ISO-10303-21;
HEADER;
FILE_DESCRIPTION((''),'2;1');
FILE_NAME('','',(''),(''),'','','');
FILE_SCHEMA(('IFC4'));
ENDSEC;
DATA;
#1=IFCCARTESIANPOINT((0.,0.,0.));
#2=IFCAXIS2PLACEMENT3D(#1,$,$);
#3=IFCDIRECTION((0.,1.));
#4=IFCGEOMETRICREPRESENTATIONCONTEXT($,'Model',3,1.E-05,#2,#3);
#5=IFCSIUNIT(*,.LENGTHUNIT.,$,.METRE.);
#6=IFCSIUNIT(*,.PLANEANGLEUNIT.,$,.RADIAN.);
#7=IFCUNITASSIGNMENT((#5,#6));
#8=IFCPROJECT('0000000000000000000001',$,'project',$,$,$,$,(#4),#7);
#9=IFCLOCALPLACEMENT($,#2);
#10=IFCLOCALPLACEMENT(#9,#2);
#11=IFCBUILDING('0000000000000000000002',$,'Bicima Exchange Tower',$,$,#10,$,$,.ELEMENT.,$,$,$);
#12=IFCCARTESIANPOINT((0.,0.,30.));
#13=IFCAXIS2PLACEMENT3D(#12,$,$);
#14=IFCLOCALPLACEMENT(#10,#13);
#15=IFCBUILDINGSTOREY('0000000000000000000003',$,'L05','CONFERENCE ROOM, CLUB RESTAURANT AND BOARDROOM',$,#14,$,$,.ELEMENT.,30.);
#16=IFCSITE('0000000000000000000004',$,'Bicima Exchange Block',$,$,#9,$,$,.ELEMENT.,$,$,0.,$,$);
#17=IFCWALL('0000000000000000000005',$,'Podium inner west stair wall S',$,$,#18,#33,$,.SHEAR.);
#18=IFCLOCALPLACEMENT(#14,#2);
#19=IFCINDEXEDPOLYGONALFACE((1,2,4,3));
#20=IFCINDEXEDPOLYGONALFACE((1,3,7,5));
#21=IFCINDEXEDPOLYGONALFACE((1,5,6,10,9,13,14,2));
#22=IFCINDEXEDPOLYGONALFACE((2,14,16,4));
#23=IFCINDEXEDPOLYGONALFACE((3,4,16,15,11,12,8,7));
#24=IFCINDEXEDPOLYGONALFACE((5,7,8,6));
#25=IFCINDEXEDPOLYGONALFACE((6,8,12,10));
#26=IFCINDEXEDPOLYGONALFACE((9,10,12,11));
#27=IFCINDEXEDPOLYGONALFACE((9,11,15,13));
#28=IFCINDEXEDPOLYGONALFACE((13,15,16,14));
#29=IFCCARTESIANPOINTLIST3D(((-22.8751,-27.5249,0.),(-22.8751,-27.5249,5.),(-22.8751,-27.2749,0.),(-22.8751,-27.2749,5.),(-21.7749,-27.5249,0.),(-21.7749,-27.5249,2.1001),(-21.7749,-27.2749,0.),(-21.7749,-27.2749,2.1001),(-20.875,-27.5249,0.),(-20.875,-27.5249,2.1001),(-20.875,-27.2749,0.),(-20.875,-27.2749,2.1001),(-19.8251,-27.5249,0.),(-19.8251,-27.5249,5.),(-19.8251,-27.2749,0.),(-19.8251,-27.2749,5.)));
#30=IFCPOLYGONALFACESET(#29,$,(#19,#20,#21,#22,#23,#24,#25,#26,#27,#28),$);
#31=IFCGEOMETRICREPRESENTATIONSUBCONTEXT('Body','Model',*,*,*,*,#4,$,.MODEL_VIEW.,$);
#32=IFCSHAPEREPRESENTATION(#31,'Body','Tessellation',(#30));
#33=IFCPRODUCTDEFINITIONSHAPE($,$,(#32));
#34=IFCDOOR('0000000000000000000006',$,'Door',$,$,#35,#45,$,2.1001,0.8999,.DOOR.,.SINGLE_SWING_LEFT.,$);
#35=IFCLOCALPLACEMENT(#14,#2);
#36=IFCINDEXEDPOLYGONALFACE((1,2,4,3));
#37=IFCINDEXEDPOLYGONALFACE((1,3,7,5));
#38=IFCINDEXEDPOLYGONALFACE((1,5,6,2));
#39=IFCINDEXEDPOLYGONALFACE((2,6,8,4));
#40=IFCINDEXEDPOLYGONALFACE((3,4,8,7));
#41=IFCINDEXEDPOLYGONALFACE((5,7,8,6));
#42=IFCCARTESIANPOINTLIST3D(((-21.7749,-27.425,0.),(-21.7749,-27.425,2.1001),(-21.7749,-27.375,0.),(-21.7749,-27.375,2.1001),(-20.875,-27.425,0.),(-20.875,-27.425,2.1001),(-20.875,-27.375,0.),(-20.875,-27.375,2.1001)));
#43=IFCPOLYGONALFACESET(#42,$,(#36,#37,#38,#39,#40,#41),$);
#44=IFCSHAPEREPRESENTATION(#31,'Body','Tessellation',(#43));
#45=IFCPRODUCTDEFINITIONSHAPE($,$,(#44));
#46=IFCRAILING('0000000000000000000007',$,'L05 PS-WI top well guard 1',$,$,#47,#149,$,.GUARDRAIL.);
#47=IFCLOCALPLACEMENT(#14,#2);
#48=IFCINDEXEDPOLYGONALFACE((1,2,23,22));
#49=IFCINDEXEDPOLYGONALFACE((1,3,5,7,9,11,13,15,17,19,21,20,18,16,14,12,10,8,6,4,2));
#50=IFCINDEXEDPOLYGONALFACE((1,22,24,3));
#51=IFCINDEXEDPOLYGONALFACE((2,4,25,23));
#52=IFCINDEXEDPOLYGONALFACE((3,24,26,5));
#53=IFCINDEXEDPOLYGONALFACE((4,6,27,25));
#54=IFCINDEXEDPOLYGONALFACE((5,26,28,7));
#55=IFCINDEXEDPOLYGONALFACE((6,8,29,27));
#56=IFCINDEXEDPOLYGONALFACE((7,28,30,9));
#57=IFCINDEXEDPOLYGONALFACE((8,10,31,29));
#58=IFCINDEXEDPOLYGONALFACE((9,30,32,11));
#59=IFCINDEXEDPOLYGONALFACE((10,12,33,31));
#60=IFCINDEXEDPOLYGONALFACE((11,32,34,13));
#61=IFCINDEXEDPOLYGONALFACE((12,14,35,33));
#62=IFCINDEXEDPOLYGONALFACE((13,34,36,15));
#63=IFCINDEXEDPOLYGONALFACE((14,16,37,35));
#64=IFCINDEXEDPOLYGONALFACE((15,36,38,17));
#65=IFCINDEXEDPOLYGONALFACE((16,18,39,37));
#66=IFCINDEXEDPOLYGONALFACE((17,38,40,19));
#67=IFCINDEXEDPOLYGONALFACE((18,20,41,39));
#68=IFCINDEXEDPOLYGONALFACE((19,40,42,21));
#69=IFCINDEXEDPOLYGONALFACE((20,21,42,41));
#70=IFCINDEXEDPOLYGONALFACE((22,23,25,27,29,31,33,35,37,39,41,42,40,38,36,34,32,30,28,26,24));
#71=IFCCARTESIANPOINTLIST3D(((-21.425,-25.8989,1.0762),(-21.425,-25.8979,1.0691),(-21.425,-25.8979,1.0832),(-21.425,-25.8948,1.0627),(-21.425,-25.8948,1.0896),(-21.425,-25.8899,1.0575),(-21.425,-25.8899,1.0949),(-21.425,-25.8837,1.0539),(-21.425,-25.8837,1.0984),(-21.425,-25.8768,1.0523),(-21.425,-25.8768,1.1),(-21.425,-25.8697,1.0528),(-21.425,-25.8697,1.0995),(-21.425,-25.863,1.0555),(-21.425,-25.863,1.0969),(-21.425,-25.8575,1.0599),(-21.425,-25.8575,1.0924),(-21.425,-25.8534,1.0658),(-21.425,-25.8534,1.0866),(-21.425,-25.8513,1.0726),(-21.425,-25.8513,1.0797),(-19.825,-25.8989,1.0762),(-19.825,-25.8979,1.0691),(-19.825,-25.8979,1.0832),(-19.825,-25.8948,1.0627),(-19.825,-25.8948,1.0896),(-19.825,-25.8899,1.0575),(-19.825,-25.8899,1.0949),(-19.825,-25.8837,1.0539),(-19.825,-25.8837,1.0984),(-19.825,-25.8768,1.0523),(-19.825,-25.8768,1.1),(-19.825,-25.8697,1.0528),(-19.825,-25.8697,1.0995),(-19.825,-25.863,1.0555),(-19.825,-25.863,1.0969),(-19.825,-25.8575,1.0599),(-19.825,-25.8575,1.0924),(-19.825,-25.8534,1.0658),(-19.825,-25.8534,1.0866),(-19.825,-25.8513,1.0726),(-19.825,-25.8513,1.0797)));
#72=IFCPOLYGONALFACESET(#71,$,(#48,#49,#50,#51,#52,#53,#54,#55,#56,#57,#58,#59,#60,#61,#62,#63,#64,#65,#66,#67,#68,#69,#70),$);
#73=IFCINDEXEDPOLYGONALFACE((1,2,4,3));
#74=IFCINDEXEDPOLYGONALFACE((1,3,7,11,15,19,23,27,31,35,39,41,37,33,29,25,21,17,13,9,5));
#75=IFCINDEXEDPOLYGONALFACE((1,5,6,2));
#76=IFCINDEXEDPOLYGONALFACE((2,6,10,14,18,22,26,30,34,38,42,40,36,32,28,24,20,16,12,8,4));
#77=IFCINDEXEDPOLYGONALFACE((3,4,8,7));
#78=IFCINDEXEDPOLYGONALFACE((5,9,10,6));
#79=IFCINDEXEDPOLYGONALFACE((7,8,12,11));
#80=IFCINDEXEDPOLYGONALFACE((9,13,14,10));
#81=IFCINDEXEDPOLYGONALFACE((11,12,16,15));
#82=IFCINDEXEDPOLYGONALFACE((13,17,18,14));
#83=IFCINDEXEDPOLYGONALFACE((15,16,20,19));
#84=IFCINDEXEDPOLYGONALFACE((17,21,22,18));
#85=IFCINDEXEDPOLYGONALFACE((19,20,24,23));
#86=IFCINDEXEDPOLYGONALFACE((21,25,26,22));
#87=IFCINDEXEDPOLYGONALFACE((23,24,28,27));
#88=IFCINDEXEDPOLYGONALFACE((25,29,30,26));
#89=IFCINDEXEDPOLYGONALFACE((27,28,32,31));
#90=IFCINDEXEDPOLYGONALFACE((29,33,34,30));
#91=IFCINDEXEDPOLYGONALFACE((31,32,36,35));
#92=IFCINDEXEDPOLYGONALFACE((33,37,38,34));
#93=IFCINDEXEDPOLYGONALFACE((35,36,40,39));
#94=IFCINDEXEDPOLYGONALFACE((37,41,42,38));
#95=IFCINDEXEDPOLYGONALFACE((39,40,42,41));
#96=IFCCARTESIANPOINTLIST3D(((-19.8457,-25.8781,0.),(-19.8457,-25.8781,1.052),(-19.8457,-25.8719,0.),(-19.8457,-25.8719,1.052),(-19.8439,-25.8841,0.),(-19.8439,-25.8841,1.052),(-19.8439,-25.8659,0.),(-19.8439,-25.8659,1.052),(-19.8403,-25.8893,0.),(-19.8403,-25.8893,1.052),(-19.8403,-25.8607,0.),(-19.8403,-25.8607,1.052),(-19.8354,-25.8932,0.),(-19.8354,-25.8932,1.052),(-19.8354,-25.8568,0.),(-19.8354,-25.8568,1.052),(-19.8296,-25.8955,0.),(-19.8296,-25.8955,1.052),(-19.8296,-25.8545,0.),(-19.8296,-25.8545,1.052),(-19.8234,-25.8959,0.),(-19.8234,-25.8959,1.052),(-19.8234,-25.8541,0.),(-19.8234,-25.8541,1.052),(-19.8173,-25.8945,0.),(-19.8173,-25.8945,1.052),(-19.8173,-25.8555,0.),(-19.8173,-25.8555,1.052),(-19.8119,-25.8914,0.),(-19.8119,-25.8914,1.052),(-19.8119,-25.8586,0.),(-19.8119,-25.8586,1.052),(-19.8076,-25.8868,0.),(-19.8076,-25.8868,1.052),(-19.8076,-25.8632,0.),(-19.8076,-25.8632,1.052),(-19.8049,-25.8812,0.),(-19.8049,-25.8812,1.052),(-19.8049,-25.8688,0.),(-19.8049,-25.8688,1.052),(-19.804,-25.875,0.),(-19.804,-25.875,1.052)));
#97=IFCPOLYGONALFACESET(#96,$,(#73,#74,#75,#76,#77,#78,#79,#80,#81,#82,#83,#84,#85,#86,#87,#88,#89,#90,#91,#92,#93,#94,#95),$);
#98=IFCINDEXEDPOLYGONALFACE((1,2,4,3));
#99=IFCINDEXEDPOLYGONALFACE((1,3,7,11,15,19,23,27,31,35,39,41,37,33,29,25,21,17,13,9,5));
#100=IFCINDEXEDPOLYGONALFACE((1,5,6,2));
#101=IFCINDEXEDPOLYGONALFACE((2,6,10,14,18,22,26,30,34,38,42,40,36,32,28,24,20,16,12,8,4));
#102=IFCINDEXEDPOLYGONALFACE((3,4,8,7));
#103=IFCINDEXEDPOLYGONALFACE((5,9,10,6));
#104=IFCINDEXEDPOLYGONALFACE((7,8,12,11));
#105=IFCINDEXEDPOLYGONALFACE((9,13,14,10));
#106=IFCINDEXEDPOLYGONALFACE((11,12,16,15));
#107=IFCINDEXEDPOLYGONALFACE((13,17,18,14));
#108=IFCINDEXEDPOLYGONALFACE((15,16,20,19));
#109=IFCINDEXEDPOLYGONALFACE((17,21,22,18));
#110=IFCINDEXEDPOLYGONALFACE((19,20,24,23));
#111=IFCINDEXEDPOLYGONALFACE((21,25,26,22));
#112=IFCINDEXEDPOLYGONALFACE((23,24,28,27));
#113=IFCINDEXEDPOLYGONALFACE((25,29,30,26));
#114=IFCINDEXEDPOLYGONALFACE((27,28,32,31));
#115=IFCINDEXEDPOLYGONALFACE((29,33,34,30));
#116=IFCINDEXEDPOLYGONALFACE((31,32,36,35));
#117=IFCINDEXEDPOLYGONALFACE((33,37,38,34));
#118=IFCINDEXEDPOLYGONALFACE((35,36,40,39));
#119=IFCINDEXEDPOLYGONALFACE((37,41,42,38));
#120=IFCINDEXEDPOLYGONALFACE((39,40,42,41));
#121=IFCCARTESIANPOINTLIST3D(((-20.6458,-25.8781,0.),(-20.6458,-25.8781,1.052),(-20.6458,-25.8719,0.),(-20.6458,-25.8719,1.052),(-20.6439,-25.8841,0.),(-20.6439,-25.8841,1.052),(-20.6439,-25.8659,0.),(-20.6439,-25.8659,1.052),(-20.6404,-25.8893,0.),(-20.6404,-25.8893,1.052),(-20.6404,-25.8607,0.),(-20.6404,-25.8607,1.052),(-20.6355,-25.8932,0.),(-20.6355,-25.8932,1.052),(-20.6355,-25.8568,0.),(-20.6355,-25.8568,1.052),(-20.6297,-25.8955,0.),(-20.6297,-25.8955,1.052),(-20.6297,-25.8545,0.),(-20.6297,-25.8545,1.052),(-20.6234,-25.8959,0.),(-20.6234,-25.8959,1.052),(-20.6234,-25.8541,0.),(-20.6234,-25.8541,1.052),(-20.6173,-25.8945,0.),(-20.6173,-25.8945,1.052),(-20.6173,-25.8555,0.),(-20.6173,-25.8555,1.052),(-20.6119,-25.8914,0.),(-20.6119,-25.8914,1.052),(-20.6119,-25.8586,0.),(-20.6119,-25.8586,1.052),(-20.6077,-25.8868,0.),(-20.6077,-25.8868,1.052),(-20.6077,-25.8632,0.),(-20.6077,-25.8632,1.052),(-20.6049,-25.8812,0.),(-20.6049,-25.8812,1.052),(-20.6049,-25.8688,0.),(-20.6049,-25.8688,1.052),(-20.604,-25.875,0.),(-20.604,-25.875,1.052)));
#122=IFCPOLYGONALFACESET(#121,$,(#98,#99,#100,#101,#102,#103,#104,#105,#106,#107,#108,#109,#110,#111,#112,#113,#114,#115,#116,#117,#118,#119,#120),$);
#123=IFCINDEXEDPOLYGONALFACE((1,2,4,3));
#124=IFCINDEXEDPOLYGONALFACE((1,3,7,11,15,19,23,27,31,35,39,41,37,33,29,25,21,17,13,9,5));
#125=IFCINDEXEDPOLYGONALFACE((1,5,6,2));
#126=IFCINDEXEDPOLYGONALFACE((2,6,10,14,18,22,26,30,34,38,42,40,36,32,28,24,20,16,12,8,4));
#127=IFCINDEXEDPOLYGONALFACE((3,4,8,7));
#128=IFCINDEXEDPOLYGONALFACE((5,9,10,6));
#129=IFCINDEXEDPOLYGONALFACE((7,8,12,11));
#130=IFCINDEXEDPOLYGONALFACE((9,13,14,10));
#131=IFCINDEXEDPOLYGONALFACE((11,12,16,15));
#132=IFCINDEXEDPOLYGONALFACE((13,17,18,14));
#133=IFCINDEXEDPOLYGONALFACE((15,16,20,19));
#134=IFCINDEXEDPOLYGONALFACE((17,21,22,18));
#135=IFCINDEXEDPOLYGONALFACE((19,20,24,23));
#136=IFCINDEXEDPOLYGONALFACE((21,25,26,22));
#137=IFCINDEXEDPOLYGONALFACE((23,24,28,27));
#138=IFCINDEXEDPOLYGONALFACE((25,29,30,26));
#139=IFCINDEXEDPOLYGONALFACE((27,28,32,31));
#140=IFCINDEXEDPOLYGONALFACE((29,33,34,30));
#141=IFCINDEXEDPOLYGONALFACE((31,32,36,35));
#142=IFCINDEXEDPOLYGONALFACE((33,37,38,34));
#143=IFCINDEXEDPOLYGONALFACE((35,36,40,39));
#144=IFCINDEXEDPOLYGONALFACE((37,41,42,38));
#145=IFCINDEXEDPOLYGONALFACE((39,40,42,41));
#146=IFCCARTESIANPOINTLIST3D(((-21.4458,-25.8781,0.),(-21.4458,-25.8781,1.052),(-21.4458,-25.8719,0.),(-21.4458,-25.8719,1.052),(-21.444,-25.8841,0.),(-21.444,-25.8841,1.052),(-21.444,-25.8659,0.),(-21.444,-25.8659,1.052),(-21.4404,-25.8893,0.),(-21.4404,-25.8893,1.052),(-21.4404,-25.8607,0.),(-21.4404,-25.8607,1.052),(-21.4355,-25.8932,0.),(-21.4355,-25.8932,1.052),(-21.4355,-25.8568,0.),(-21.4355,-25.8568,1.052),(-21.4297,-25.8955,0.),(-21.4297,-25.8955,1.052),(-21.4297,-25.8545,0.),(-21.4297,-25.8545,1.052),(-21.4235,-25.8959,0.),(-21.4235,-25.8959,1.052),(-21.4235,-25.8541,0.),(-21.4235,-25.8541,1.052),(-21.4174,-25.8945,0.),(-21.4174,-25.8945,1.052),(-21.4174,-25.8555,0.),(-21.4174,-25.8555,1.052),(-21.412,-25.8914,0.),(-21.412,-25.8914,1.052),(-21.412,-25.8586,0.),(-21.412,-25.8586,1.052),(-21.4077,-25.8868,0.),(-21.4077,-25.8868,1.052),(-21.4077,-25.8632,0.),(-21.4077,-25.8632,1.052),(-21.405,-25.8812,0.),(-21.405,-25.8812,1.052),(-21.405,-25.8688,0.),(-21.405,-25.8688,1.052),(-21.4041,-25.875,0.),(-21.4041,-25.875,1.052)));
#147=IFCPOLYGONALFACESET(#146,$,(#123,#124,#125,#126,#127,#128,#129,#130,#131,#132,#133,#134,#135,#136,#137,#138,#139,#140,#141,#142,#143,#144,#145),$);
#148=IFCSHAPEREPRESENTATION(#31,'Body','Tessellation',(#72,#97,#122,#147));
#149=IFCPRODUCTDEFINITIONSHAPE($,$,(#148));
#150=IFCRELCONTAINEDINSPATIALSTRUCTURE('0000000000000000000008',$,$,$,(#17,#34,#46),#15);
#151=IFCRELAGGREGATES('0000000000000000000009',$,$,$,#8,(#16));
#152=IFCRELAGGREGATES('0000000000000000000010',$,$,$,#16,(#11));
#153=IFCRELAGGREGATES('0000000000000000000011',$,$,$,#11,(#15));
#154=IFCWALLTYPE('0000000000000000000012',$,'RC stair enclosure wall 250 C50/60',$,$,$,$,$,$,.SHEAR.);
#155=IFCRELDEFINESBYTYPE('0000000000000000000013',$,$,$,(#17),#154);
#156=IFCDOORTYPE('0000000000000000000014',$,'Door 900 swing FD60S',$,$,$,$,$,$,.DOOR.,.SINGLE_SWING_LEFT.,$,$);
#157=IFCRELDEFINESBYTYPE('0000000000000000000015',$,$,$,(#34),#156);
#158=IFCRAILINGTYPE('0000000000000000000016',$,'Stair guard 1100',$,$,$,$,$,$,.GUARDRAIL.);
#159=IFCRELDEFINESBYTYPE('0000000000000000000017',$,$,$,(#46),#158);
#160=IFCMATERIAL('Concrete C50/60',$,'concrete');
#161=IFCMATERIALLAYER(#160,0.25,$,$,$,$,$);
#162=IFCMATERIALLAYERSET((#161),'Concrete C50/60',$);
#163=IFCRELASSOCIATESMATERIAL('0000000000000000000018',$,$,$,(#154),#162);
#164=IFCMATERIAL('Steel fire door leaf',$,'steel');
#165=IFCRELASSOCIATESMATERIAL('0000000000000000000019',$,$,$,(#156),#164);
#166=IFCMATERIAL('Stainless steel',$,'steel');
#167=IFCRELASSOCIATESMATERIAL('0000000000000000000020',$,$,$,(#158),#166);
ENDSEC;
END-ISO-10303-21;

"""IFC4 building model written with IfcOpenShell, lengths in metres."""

from ifc_helpers import new_model, si_unit, direction, frame, frame_2d, origin, origin_2d, place, context, subcontext, project, spatial, rectangle, circle, extrude, material, layer, layer_set, type_object, element, fill, save


model = new_model("IFC4")

# Units and contexts
model_context = context("Model", 3, precision=1e-05, world=origin(), true_north=direction((0.0, 1.0)))
body_context = subcontext(model_context, "Body", "Model", "MODEL_VIEW")
ifc_project = project(units=[si_unit("LENGTHUNIT", "METRE"), si_unit("PLANEANGLEUNIT", "RADIAN")], contexts=[model_context])

# Site, building, storey
site_placement = place(None, origin())
site = spatial("IfcSite", under=ifc_project, at=site_placement, Name="Bicima Exchange Block", CompositionType="ELEMENT", RefElevation=0.0)
building_placement = place(site_placement, origin())
building = spatial("IfcBuilding", under=site, at=building_placement, Name="Bicima Exchange Tower", CompositionType="ELEMENT")
storey_placement = place(building_placement, frame((0.0, 0.0, 30.0)))
storey = spatial("IfcBuildingStorey", under=building, at=storey_placement, Name="L05", Description="CONFERENCE ROOM, CLUB RESTAURANT AND BOARDROOM", CompositionType="ELEMENT", Elevation=30.0)

# Shared definitions
ifc_material_1 = material(Name="Concrete C50/60", Category="concrete")
ifc_layer_1 = layer(ifc_material_1, 0.25)
ifc_layer_set_1 = layer_set([ifc_layer_1], Name="Concrete C50/60")
wall_type_1 = type_object("IfcWallType", Name="RC stair enclosure wall 250 C50/60", PredefinedType="SHEAR", material=ifc_layer_set_1)

# Wall, opening, door
wall_1_placement = place(storey_placement, frame((-22.875, -27.3999, 0.0), z_axis=(0.0, 0.0, 1.0), x_axis=(1.0, 0.0, 0.0)))
wall_1 = element("IfcWall", 1, at=wall_1_placement, inside=storey, type_object=wall_type_1, Name="Podium inner west stair wall S", PredefinedType="SHEAR", context=body_context, shape_type="SweptSolid", body=[
    extrude(rectangle(XDim=3.05, YDim=0.25, at=frame_2d((1.5249, 0.0))), origin(), (0.0, 0.0, 1.0), 5.0),
])
opening_placement = place(wall_1_placement, frame((1.1001, 0.0, 0.0)))
opening = element("IfcOpeningElement", 2, at=opening_placement, cuts=wall_1, PredefinedType="OPENING", context=body_context, shape_type="SweptSolid", body=[
    extrude(rectangle(XDim=0.8999, YDim=2.1001, at=frame_2d((0.45, 1.05))), frame((0.0, 0.137, 0.0), z_axis=(0.0, -1.0, 0.0), x_axis=(1.0, 0.0, 0.0)), (0.0, 0.0, 1.0), 0.2739),
])
ifc_material_2 = material(Name="Steel fire door leaf", Category="steel")
door_type = type_object("IfcDoorType", Name="Door 900 swing FD60S", OperationType="SINGLE_SWING_LEFT", PredefinedType="DOOR", material=ifc_material_2)
door_placement = place(opening_placement, origin())
door = element("IfcDoor", 3, at=door_placement, inside=storey, type_object=door_type, Name="Door", OperationType="SINGLE_SWING_LEFT", OverallHeight=2.1001, OverallWidth=0.8999, PredefinedType="DOOR", context=body_context, shape_type="SweptSolid", body=[
    extrude(rectangle(XDim=0.8999, YDim=2.1001, at=frame_2d((0.45, 1.05))), frame((0.0, 0.0249, 0.0), z_axis=(0.0, -1.0, 0.0), x_axis=(1.0, 0.0, 0.0)), (0.0, 0.0, 1.0), 0.05),
])
fill(opening, door)

# Railing
ifc_material_3 = material(Name="Stainless steel", Category="steel")
railing_type = type_object("IfcRailingType", Name="Stair guard 1100", PredefinedType="GUARDRAIL", material=ifc_material_3)
railing_placement = place(storey_placement, frame((-19.825, -25.875, 0.0)))
element("IfcRailing", 4, at=railing_placement, inside=storey, type_object=railing_type, Name="L05 PS-WI top well guard 1", PredefinedType="GUARDRAIL", context=body_context, shape_type="SweptSolid", body=[
    extrude(circle(Radius=0.0239, at=origin_2d()), frame((0.0, 0.0, 1.0762), z_axis=(-1.0, 0.0, 0.0), x_axis=(0.0, -1.0, 0.0)), (0.0, 0.0, 1.0), 1.6001),
    extrude(circle(Radius=0.021, at=origin_2d()), origin(), (0.0, 0.0, 1.0), 1.052),
    extrude(circle(Radius=0.021, at=origin_2d()), frame((-0.8, 0.0, 0.0)), (0.0, 0.0, 1.0), 1.052),
    extrude(circle(Radius=0.021, at=origin_2d()), frame((-1.6001, 0.0, 0.0)), (0.0, 0.0, 1.0), 1.052),
])

save(model, "model.ifc")
